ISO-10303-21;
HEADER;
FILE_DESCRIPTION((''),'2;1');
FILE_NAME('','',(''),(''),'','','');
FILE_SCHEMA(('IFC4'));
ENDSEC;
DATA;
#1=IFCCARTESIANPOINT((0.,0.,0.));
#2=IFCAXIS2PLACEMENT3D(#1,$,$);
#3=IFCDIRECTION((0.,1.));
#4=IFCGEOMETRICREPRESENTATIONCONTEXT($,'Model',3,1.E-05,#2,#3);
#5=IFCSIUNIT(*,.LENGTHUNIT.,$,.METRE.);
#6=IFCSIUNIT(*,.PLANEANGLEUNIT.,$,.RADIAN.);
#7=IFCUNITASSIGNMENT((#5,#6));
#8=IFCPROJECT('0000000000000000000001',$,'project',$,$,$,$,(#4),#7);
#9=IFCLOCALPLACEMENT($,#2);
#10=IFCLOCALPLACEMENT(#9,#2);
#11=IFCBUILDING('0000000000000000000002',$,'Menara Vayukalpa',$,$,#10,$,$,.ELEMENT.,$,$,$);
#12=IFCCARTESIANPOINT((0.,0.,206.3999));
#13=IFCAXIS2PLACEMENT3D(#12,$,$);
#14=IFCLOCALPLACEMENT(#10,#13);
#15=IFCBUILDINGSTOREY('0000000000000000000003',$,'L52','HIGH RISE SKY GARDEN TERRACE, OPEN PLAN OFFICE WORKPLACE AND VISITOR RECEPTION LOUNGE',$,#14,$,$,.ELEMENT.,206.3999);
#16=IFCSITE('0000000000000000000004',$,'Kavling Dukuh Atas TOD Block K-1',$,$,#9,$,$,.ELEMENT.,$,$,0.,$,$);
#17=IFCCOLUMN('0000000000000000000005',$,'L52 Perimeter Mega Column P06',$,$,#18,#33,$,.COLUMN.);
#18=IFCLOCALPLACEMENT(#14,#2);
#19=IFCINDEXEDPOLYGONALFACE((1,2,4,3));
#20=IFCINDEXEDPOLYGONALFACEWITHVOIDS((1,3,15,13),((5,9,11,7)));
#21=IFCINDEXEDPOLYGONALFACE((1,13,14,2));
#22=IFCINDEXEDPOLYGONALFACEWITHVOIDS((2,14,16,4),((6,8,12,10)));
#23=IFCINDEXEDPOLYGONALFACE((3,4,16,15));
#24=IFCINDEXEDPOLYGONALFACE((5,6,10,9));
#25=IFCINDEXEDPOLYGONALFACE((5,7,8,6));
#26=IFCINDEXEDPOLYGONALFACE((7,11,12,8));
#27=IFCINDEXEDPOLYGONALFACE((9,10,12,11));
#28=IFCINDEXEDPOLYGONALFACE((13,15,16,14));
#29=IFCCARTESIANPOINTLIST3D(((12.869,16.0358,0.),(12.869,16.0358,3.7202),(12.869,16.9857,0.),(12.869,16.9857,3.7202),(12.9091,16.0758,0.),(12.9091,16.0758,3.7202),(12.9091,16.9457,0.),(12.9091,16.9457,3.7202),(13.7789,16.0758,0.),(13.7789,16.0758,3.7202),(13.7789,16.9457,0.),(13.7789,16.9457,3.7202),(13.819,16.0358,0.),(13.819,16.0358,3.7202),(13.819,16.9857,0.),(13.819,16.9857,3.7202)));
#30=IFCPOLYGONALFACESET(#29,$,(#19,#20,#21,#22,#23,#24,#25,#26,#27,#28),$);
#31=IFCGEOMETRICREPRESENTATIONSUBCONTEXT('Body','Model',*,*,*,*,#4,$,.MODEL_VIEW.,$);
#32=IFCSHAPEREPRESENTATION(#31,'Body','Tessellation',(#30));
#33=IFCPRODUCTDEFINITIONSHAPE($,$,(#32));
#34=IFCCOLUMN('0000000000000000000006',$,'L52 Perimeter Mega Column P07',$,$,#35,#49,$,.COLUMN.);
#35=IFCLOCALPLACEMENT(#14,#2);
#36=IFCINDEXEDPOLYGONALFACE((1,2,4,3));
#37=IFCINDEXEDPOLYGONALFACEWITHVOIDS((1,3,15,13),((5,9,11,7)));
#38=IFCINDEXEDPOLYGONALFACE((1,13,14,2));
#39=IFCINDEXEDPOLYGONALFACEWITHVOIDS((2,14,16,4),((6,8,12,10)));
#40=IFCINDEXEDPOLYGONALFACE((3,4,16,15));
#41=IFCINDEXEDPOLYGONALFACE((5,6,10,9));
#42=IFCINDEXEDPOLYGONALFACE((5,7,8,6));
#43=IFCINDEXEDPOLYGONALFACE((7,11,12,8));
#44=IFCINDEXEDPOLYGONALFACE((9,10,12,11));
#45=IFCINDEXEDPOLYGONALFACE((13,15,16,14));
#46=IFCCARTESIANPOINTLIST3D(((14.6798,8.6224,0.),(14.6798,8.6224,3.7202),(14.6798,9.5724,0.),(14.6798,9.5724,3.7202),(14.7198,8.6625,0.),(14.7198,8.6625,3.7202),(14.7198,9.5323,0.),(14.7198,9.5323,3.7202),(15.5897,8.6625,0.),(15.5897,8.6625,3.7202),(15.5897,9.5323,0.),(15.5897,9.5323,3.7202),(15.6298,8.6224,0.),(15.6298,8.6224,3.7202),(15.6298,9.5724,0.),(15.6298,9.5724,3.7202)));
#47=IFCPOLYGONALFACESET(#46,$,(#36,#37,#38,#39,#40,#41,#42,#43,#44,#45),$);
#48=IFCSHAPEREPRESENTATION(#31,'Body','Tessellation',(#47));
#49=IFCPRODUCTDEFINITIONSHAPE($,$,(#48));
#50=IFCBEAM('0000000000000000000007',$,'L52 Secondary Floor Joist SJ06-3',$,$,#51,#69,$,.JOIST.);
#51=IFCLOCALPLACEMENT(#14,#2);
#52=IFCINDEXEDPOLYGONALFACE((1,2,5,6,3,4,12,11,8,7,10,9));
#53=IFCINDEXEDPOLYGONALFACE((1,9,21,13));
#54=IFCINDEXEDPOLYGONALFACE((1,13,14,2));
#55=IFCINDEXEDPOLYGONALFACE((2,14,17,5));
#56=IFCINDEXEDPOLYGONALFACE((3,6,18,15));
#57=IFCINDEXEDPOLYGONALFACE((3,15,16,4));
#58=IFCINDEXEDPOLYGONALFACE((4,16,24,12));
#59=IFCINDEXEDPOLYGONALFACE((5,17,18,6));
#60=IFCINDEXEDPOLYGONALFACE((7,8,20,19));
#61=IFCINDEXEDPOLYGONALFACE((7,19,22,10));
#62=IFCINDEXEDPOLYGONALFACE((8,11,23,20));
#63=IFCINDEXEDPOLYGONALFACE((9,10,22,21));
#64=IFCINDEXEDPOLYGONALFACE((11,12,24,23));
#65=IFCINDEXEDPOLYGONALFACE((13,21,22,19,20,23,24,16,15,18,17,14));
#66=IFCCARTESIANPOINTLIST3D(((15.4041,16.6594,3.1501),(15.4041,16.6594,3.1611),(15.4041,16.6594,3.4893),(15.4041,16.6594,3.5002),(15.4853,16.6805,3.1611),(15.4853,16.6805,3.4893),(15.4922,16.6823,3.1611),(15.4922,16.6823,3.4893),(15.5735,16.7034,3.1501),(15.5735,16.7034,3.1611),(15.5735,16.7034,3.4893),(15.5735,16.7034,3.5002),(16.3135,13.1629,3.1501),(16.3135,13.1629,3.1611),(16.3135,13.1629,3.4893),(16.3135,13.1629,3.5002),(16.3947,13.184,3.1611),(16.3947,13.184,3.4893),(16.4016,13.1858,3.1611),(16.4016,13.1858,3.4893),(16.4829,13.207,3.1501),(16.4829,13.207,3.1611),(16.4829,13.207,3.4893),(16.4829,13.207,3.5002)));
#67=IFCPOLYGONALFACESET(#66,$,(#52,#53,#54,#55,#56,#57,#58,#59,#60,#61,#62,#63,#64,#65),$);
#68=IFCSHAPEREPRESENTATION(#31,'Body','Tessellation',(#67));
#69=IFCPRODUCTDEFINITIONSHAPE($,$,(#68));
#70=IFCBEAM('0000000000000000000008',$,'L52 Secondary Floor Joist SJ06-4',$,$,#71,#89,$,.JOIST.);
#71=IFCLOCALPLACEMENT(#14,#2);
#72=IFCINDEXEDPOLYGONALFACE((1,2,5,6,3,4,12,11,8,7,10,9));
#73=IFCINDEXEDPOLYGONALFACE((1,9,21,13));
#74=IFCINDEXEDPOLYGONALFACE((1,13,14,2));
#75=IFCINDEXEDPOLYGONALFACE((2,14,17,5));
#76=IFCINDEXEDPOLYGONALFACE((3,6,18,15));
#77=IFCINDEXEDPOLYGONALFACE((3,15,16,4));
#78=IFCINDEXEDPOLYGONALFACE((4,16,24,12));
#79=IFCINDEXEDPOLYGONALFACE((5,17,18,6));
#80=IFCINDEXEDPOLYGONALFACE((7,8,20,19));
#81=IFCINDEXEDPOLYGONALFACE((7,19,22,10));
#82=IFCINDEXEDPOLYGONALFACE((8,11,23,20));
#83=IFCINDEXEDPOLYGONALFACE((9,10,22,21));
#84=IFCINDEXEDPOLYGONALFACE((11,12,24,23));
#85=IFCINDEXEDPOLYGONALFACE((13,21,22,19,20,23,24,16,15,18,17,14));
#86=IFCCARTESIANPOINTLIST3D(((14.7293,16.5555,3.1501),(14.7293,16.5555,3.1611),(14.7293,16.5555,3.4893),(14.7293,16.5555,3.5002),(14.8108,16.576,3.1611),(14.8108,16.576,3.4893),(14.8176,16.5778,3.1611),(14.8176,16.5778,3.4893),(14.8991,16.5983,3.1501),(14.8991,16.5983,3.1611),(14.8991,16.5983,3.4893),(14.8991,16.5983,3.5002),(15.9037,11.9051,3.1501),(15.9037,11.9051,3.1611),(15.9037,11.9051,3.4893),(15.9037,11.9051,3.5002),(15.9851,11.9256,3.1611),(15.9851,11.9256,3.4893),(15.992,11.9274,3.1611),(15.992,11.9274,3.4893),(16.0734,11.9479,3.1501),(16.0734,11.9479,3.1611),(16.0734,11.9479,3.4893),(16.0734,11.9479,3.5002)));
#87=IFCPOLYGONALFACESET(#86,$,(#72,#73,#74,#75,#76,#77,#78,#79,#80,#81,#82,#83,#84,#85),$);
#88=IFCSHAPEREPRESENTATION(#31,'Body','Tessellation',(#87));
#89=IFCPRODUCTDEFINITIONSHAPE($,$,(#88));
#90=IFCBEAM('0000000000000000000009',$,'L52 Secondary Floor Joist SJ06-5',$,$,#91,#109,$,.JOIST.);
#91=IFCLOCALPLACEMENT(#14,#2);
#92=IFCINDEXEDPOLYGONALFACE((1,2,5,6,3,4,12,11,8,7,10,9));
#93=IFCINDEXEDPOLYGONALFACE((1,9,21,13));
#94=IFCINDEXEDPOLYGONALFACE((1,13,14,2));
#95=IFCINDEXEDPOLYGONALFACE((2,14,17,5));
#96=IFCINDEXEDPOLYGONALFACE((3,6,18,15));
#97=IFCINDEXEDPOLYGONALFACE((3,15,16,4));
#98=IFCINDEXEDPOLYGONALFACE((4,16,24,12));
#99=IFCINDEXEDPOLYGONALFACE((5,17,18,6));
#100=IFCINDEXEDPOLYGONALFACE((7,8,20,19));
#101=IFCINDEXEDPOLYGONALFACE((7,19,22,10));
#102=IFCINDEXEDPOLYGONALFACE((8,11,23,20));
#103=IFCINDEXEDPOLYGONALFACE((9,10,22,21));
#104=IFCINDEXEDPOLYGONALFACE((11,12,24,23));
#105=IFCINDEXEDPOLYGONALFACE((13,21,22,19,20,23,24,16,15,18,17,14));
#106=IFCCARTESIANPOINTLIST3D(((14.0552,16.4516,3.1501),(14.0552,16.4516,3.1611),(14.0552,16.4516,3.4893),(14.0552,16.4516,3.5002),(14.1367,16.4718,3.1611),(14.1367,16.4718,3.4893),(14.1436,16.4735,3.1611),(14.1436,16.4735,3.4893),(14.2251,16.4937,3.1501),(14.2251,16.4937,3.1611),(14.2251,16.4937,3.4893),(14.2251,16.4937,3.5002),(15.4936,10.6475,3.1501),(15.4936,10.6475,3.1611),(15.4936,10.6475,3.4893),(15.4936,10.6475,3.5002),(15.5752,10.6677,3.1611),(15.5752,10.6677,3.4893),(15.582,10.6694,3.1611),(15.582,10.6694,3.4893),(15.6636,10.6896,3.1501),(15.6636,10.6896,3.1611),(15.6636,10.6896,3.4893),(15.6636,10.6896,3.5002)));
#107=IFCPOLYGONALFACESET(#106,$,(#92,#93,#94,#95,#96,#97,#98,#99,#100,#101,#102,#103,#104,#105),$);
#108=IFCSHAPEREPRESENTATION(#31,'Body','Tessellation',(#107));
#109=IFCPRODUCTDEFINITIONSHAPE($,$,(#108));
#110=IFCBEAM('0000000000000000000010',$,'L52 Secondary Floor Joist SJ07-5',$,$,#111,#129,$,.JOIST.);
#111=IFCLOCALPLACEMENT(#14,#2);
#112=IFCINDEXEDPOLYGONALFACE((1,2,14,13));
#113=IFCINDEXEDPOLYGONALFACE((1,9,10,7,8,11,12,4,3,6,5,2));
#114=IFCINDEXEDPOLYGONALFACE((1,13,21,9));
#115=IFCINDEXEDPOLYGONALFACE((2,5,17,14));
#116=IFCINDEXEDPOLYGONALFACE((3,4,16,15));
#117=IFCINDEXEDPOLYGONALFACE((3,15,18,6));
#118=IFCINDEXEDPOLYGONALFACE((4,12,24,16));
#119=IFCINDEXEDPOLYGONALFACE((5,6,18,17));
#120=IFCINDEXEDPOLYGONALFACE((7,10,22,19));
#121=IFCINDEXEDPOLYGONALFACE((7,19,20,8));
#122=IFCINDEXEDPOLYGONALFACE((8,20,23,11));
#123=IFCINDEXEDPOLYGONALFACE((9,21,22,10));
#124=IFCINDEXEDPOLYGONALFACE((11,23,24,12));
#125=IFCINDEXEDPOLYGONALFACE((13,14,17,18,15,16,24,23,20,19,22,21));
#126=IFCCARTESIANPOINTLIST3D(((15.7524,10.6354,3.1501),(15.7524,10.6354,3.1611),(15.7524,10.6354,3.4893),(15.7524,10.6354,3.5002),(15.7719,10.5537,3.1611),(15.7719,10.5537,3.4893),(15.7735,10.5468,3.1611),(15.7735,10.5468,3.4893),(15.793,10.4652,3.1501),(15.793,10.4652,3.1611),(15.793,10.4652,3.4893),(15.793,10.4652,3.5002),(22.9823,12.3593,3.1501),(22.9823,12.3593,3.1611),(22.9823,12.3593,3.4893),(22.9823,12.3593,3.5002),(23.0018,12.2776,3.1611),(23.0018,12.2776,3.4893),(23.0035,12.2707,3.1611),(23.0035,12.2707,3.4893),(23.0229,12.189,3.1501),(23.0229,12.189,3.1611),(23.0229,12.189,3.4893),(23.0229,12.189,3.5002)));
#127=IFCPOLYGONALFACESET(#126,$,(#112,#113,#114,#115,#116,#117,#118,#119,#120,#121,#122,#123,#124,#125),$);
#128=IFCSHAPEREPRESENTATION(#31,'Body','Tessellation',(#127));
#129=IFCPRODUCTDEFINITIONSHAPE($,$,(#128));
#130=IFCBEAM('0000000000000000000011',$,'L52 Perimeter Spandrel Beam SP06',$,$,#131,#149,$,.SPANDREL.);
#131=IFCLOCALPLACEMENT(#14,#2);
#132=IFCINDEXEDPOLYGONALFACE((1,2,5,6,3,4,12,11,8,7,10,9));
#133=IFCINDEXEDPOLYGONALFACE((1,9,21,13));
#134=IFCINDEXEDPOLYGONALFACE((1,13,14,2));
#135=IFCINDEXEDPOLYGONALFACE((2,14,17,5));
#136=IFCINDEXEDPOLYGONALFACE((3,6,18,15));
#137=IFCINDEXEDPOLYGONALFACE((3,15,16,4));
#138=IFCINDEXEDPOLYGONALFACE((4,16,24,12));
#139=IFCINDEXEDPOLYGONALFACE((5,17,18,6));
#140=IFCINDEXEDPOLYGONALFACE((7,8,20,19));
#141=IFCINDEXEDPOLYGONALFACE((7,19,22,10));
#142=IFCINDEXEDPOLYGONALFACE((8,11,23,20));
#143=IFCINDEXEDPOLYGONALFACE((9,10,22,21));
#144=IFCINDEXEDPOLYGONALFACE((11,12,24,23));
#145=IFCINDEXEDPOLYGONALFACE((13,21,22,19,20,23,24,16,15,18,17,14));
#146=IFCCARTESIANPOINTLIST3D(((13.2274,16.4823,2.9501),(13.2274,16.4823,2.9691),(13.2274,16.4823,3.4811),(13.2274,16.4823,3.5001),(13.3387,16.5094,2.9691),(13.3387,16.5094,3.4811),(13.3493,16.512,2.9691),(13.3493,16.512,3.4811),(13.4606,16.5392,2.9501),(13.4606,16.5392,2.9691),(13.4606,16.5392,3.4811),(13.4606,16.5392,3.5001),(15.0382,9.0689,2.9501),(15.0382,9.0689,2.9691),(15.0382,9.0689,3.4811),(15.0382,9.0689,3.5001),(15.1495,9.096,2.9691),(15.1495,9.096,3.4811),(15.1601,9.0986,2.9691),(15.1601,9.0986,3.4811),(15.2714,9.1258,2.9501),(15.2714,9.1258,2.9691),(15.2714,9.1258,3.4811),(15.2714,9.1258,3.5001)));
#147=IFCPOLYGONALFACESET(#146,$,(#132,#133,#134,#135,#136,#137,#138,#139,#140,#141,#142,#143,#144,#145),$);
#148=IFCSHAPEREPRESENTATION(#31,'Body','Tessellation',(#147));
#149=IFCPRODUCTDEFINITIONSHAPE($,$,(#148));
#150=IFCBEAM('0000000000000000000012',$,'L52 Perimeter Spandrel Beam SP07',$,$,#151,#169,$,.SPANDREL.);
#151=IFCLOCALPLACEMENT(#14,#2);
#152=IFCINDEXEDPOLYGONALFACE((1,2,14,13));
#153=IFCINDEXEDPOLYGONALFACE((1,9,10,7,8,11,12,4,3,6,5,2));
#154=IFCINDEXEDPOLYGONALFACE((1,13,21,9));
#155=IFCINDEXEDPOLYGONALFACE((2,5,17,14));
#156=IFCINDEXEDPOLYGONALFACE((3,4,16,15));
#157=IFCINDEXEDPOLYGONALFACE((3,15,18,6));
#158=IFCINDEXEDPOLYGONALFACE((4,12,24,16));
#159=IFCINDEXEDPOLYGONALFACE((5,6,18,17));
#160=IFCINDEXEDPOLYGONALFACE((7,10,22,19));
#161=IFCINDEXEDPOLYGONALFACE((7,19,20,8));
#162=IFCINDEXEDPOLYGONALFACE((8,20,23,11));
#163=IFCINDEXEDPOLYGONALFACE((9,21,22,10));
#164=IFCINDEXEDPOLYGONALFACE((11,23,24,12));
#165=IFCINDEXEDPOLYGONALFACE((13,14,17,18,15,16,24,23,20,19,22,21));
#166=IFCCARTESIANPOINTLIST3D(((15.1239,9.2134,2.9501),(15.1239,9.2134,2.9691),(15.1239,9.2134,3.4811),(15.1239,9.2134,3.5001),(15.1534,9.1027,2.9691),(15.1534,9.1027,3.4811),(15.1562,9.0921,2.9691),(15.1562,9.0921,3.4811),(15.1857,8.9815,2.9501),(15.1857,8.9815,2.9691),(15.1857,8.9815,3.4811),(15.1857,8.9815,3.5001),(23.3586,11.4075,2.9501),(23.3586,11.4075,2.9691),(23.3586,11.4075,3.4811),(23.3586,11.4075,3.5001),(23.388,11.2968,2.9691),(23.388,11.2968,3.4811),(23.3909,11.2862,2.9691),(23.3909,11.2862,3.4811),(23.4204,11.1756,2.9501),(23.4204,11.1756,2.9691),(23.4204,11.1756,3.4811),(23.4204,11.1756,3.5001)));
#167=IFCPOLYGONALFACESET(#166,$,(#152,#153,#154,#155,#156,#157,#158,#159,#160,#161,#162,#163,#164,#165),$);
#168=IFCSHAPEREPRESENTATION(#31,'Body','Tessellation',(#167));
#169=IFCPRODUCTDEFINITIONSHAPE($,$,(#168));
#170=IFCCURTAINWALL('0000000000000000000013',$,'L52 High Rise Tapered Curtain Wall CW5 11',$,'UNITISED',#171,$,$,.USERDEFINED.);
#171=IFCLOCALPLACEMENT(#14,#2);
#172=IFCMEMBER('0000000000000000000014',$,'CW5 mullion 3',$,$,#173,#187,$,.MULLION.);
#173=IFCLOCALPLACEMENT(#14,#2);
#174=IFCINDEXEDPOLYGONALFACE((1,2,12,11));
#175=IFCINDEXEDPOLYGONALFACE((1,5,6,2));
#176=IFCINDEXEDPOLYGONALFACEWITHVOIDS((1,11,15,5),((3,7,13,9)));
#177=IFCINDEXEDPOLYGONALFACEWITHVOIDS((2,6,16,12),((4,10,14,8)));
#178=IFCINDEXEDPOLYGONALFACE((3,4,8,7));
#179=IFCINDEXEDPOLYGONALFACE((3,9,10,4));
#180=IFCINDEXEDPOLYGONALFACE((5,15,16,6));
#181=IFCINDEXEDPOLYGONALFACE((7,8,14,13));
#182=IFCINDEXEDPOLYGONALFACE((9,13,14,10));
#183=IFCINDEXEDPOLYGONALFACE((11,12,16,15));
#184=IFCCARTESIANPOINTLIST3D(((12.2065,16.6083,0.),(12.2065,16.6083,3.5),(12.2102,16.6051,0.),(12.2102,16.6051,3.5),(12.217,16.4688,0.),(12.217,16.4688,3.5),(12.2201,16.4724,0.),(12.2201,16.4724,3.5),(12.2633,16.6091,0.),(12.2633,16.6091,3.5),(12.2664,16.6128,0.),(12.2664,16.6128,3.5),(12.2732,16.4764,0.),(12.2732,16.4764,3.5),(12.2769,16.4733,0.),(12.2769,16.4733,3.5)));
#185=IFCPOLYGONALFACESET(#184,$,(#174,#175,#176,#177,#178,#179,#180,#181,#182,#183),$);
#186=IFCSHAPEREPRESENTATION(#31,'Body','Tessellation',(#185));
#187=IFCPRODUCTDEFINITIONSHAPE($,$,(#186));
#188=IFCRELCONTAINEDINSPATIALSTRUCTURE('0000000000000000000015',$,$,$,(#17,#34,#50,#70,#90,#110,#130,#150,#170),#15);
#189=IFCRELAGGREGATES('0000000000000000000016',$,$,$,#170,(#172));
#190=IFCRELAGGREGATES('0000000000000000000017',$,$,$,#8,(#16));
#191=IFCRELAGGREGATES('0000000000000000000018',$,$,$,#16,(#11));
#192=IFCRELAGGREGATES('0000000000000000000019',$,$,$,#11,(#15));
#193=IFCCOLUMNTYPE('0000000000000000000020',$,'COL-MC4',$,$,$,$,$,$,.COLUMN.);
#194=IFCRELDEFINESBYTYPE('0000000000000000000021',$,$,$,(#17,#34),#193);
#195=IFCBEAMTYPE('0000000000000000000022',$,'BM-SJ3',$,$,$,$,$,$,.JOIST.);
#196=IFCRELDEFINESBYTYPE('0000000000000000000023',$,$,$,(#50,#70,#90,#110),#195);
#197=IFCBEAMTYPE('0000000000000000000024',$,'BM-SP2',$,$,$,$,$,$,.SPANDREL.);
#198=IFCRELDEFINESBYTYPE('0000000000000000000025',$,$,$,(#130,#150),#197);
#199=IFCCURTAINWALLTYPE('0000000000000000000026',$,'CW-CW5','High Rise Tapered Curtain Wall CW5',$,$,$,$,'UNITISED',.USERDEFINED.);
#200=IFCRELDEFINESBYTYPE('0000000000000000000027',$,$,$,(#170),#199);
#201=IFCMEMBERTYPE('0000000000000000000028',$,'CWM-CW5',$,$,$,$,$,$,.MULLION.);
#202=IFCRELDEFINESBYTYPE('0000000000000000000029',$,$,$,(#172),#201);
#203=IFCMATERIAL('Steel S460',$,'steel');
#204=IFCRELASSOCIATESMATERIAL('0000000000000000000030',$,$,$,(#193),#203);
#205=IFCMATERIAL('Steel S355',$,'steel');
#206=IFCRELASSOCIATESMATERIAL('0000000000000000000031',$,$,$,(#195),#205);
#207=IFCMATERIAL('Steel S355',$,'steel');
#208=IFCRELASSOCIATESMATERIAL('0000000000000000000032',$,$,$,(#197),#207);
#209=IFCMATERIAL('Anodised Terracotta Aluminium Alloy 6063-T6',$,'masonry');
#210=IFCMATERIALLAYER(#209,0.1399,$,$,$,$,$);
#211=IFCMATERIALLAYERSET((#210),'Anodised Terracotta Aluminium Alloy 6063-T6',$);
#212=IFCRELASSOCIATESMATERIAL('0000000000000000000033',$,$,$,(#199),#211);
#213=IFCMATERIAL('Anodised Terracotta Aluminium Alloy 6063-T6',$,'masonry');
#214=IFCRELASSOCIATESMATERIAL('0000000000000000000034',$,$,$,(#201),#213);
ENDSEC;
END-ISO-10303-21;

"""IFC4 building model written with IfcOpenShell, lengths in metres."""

from ifc_helpers import new_model, si_unit, direction, frame, origin, origin_2d, place, context, subcontext, project, spatial, hollow_rectangle, i_section, extrude, material, layer, layer_set, material_profile, profile_set, type_object, element, aggregate, save


model = new_model("IFC4")

# Units and contexts
model_context = context("Model", 3, precision=1e-05, world=origin(), true_north=direction((0.0, 1.0)))
body_context = subcontext(model_context, "Body", "Model", "MODEL_VIEW")
ifc_project = project(units=[si_unit("LENGTHUNIT", "METRE"), si_unit("PLANEANGLEUNIT", "RADIAN")], contexts=[model_context])

# Site, building, storey
site_placement = place(None, origin())
site = spatial("IfcSite", under=ifc_project, at=site_placement, Name="Kavling Dukuh Atas TOD Block K-1", CompositionType="ELEMENT", RefElevation=0.0)
building_placement = place(site_placement, origin())
building = spatial("IfcBuilding", under=site, at=building_placement, Name="Menara Vayukalpa", CompositionType="ELEMENT")
storey_placement = place(building_placement, frame((0.0, 0.0, 206.3999)))
storey = spatial("IfcBuildingStorey", under=building, at=storey_placement, Name="L52", Description="HIGH RISE SKY GARDEN TERRACE, OPEN PLAN OFFICE WORKPLACE AND VISITOR RECEPTION LOUNGE", CompositionType="ELEMENT", Elevation=206.3999)

# Columns
ifc_material_1 = material(Name="Steel S460", Category="steel")
ifc_material_profile_1 = material_profile(ifc_material_1, hollow_rectangle(XDim=0.95, YDim=0.95, WallThickness=0.04, at=origin_2d()), Name="BOX 950x950x40")
ifc_profile_set_1 = profile_set([ifc_material_profile_1], Name="Steel S460")
column_type = type_object("IfcColumnType", Name="COL-MC4", PredefinedType="COLUMN", material=ifc_profile_set_1)
for number, where, z_axis, x_axis, name in (
    (1, (13.344, 16.5107, 0.0), (0.0, 0.0, 1.0), (1.0, 0.0, 0.0), "L52 Perimeter Mega Column P06"),
    (2, (15.1548, 9.0974, 0.0), (0.0, 0.0, 1.0), (1.0, 0.0, 0.0), "L52 Perimeter Mega Column P07"),
):
    element("IfcColumn", number, at=place(storey_placement, frame(where, z_axis=z_axis, x_axis=x_axis)), inside=storey, type_object=column_type, Name=name, PredefinedType="COLUMN", context=body_context, shape_type="SweptSolid", body=[
        extrude(hollow_rectangle(XDim=0.95, YDim=0.95, WallThickness=0.04, at=origin_2d()), origin(), (0.0, 0.0, 1.0), 3.7202),
    ])

# Beams
ifc_material_2 = material(Name="Steel S355", Category="steel")
ifc_material_profile_2 = material_profile(ifc_material_2, i_section(OverallWidth=0.175, OverallDepth=0.3501, WebThickness=0.0071, FlangeThickness=0.011, at=origin_2d()), Name="WF 350x175x7x11")
ifc_profile_set_2 = profile_set([ifc_material_profile_2], Name="Steel S355")
beam_type_1 = type_object("IfcBeamType", Name="BM-SJ3", PredefinedType="JOIST", material=ifc_profile_set_2)
beam_1_placement = place(storey_placement, frame((15.4888, 16.6814, 3.3252), z_axis=(0.251715, -0.967801, 0.0), x_axis=(0.967801, 0.251715, 0.0)))
element("IfcBeam", 3, at=beam_1_placement, inside=storey, type_object=beam_type_1, Name="L52 Secondary Floor Joist SJ06-3", PredefinedType="JOIST", context=body_context, shape_type="SweptSolid", body=[
    extrude(i_section(OverallWidth=0.175, OverallDepth=0.3501, WebThickness=0.0071, FlangeThickness=0.011, at=origin_2d()), origin(), (0.0, 0.0, 1.0), 3.6128),
])
beam_2_placement = place(storey_placement, frame((14.8142, 16.5769, 3.3252), z_axis=(0.244834, -0.969565, 0.0), x_axis=(0.969565, 0.244834, 0.0)))
element("IfcBeam", 4, at=beam_2_placement, inside=storey, type_object=beam_type_1, Name="L52 Secondary Floor Joist SJ06-4", PredefinedType="JOIST", context=body_context, shape_type="SweptSolid", body=[
    extrude(i_section(OverallWidth=0.175, OverallDepth=0.3501, WebThickness=0.0071, FlangeThickness=0.011, at=origin_2d()), origin(), (0.0, 0.0, 1.0), 4.7964),
])
beam_3_placement = place(storey_placement, frame((14.1401, 16.4727, 3.3252), z_axis=(0.240556, -0.970635, 0.0), x_axis=(0.970635, 0.240556, 0.0)))
element("IfcBeam", 5, at=beam_3_placement, inside=storey, type_object=beam_type_1, Name="L52 Secondary Floor Joist SJ06-5", PredefinedType="JOIST", context=body_context, shape_type="SweptSolid", body=[
    extrude(i_section(OverallWidth=0.175, OverallDepth=0.3501, WebThickness=0.0071, FlangeThickness=0.011, at=origin_2d()), origin(), (0.0, 0.0, 1.0), 5.9797),
])
beam_4_placement = place(storey_placement, frame((15.7727, 10.5503, 3.3252), z_axis=(0.972732, 0.231933, 0.0), x_axis=(-0.231933, 0.972732, 0.0)))
element("IfcBeam", 6, at=beam_4_placement, inside=storey, type_object=beam_type_1, Name="L52 Secondary Floor Joist SJ07-5", PredefinedType="JOIST", context=body_context, shape_type="SweptSolid", body=[
    extrude(i_section(OverallWidth=0.175, OverallDepth=0.3501, WebThickness=0.0071, FlangeThickness=0.011, at=origin_2d()), origin(), (0.0, 0.0, 1.0), 7.4326),
])
ifc_material_3 = material(Name="Steel S355", Category="steel")
ifc_material_profile_3 = material_profile(ifc_material_3, i_section(OverallWidth=0.24, OverallDepth=0.55, WebThickness=0.011, FlangeThickness=0.019, at=origin_2d()), Name="WF 550x240x11x19")
ifc_profile_set_3 = profile_set([ifc_material_profile_3], Name="Steel S355")
beam_type_2 = type_object("IfcBeamType", Name="BM-SP2", PredefinedType="SPANDREL", material=ifc_profile_set_3)
beam_5_placement = place(storey_placement, frame((13.344, 16.5107, 3.2251), z_axis=(0.237285, -0.97144, 0.0), x_axis=(0.97144, 0.237285, 0.0)))
element("IfcBeam", 7, at=beam_5_placement, inside=storey, type_object=beam_type_2, Name="L52 Perimeter Spandrel Beam SP06", PredefinedType="SPANDREL", context=body_context, shape_type="SweptSolid", body=[
    extrude(i_section(OverallWidth=0.24, OverallDepth=0.55, WebThickness=0.011, FlangeThickness=0.019, at=origin_2d()), origin(), (0.0, 0.0, 1.0), 7.6313),
])
beam_6_placement = place(storey_placement, frame((15.1548, 9.0974, 3.2251), z_axis=(0.966288, 0.257465, 0.0), x_axis=(-0.257465, 0.966288, 0.0)))
element("IfcBeam", 8, at=beam_6_placement, inside=storey, type_object=beam_type_2, Name="L52 Perimeter Spandrel Beam SP07", PredefinedType="SPANDREL", context=body_context, shape_type="SweptSolid", body=[
    extrude(i_section(OverallWidth=0.24, OverallDepth=0.55, WebThickness=0.011, FlangeThickness=0.019, at=origin_2d()), origin(), (0.0, 0.0, 1.0), 8.522),
])

# Curtain wall, member
ifc_material_4 = material(Name="Anodised Terracotta Aluminium Alloy 6063-T6", Category="masonry")
ifc_layer_1 = layer(ifc_material_4, 0.1399)
ifc_layer_set_1 = layer_set([ifc_layer_1], Name="Anodised Terracotta Aluminium Alloy 6063-T6")
curtain_wall_type = type_object("IfcCurtainWallType", Name="CW-CW5", Description="High Rise Tapered Curtain Wall CW5", ElementType="UNITISED", PredefinedType="USERDEFINED", material=ifc_layer_set_1)
curtain_wall_placement = place(storey_placement, origin())
curtain_wall = element("IfcCurtainWall", 9, at=curtain_wall_placement, inside=storey, type_object=curtain_wall_type, Name="L52 High Rise Tapered Curtain Wall CW5 11", ObjectType="UNITISED", PredefinedType="USERDEFINED")
ifc_material_5 = material(Name="Anodised Terracotta Aluminium Alloy 6063-T6", Category="masonry")
ifc_material_profile_4 = material_profile(ifc_material_5, hollow_rectangle(XDim=0.0601, YDim=0.1399, WallThickness=0.0034, at=origin_2d()), Name="ALU 60x140x3.5")
ifc_profile_set_4 = profile_set([ifc_material_profile_4], Name="Anodised Terracotta Aluminium Alloy 6063-T6")
member_type_1 = type_object("IfcMemberType", Name="CWM-CW5", PredefinedType="MULLION", material=ifc_profile_set_4)
member_1_placement = place(storey_placement, frame((12.2417, 16.5408, 0.0), z_axis=(0.0, 0.0, 1.0), x_axis=(0.997199, 0.074792, 0.0)))
member_1 = element("IfcMember", 10, at=member_1_placement, type_object=member_type_1, Name="CW5 mullion 3", PredefinedType="MULLION", context=body_context, shape_type="SweptSolid", body=[
    extrude(hollow_rectangle(XDim=0.0601, YDim=0.1399, WallThickness=0.0034, at=origin_2d()), origin(), (0.0, 0.0, 1.0), 3.5),
])
aggregate(curtain_wall, [member_1])

save(model, "model.ifc")
